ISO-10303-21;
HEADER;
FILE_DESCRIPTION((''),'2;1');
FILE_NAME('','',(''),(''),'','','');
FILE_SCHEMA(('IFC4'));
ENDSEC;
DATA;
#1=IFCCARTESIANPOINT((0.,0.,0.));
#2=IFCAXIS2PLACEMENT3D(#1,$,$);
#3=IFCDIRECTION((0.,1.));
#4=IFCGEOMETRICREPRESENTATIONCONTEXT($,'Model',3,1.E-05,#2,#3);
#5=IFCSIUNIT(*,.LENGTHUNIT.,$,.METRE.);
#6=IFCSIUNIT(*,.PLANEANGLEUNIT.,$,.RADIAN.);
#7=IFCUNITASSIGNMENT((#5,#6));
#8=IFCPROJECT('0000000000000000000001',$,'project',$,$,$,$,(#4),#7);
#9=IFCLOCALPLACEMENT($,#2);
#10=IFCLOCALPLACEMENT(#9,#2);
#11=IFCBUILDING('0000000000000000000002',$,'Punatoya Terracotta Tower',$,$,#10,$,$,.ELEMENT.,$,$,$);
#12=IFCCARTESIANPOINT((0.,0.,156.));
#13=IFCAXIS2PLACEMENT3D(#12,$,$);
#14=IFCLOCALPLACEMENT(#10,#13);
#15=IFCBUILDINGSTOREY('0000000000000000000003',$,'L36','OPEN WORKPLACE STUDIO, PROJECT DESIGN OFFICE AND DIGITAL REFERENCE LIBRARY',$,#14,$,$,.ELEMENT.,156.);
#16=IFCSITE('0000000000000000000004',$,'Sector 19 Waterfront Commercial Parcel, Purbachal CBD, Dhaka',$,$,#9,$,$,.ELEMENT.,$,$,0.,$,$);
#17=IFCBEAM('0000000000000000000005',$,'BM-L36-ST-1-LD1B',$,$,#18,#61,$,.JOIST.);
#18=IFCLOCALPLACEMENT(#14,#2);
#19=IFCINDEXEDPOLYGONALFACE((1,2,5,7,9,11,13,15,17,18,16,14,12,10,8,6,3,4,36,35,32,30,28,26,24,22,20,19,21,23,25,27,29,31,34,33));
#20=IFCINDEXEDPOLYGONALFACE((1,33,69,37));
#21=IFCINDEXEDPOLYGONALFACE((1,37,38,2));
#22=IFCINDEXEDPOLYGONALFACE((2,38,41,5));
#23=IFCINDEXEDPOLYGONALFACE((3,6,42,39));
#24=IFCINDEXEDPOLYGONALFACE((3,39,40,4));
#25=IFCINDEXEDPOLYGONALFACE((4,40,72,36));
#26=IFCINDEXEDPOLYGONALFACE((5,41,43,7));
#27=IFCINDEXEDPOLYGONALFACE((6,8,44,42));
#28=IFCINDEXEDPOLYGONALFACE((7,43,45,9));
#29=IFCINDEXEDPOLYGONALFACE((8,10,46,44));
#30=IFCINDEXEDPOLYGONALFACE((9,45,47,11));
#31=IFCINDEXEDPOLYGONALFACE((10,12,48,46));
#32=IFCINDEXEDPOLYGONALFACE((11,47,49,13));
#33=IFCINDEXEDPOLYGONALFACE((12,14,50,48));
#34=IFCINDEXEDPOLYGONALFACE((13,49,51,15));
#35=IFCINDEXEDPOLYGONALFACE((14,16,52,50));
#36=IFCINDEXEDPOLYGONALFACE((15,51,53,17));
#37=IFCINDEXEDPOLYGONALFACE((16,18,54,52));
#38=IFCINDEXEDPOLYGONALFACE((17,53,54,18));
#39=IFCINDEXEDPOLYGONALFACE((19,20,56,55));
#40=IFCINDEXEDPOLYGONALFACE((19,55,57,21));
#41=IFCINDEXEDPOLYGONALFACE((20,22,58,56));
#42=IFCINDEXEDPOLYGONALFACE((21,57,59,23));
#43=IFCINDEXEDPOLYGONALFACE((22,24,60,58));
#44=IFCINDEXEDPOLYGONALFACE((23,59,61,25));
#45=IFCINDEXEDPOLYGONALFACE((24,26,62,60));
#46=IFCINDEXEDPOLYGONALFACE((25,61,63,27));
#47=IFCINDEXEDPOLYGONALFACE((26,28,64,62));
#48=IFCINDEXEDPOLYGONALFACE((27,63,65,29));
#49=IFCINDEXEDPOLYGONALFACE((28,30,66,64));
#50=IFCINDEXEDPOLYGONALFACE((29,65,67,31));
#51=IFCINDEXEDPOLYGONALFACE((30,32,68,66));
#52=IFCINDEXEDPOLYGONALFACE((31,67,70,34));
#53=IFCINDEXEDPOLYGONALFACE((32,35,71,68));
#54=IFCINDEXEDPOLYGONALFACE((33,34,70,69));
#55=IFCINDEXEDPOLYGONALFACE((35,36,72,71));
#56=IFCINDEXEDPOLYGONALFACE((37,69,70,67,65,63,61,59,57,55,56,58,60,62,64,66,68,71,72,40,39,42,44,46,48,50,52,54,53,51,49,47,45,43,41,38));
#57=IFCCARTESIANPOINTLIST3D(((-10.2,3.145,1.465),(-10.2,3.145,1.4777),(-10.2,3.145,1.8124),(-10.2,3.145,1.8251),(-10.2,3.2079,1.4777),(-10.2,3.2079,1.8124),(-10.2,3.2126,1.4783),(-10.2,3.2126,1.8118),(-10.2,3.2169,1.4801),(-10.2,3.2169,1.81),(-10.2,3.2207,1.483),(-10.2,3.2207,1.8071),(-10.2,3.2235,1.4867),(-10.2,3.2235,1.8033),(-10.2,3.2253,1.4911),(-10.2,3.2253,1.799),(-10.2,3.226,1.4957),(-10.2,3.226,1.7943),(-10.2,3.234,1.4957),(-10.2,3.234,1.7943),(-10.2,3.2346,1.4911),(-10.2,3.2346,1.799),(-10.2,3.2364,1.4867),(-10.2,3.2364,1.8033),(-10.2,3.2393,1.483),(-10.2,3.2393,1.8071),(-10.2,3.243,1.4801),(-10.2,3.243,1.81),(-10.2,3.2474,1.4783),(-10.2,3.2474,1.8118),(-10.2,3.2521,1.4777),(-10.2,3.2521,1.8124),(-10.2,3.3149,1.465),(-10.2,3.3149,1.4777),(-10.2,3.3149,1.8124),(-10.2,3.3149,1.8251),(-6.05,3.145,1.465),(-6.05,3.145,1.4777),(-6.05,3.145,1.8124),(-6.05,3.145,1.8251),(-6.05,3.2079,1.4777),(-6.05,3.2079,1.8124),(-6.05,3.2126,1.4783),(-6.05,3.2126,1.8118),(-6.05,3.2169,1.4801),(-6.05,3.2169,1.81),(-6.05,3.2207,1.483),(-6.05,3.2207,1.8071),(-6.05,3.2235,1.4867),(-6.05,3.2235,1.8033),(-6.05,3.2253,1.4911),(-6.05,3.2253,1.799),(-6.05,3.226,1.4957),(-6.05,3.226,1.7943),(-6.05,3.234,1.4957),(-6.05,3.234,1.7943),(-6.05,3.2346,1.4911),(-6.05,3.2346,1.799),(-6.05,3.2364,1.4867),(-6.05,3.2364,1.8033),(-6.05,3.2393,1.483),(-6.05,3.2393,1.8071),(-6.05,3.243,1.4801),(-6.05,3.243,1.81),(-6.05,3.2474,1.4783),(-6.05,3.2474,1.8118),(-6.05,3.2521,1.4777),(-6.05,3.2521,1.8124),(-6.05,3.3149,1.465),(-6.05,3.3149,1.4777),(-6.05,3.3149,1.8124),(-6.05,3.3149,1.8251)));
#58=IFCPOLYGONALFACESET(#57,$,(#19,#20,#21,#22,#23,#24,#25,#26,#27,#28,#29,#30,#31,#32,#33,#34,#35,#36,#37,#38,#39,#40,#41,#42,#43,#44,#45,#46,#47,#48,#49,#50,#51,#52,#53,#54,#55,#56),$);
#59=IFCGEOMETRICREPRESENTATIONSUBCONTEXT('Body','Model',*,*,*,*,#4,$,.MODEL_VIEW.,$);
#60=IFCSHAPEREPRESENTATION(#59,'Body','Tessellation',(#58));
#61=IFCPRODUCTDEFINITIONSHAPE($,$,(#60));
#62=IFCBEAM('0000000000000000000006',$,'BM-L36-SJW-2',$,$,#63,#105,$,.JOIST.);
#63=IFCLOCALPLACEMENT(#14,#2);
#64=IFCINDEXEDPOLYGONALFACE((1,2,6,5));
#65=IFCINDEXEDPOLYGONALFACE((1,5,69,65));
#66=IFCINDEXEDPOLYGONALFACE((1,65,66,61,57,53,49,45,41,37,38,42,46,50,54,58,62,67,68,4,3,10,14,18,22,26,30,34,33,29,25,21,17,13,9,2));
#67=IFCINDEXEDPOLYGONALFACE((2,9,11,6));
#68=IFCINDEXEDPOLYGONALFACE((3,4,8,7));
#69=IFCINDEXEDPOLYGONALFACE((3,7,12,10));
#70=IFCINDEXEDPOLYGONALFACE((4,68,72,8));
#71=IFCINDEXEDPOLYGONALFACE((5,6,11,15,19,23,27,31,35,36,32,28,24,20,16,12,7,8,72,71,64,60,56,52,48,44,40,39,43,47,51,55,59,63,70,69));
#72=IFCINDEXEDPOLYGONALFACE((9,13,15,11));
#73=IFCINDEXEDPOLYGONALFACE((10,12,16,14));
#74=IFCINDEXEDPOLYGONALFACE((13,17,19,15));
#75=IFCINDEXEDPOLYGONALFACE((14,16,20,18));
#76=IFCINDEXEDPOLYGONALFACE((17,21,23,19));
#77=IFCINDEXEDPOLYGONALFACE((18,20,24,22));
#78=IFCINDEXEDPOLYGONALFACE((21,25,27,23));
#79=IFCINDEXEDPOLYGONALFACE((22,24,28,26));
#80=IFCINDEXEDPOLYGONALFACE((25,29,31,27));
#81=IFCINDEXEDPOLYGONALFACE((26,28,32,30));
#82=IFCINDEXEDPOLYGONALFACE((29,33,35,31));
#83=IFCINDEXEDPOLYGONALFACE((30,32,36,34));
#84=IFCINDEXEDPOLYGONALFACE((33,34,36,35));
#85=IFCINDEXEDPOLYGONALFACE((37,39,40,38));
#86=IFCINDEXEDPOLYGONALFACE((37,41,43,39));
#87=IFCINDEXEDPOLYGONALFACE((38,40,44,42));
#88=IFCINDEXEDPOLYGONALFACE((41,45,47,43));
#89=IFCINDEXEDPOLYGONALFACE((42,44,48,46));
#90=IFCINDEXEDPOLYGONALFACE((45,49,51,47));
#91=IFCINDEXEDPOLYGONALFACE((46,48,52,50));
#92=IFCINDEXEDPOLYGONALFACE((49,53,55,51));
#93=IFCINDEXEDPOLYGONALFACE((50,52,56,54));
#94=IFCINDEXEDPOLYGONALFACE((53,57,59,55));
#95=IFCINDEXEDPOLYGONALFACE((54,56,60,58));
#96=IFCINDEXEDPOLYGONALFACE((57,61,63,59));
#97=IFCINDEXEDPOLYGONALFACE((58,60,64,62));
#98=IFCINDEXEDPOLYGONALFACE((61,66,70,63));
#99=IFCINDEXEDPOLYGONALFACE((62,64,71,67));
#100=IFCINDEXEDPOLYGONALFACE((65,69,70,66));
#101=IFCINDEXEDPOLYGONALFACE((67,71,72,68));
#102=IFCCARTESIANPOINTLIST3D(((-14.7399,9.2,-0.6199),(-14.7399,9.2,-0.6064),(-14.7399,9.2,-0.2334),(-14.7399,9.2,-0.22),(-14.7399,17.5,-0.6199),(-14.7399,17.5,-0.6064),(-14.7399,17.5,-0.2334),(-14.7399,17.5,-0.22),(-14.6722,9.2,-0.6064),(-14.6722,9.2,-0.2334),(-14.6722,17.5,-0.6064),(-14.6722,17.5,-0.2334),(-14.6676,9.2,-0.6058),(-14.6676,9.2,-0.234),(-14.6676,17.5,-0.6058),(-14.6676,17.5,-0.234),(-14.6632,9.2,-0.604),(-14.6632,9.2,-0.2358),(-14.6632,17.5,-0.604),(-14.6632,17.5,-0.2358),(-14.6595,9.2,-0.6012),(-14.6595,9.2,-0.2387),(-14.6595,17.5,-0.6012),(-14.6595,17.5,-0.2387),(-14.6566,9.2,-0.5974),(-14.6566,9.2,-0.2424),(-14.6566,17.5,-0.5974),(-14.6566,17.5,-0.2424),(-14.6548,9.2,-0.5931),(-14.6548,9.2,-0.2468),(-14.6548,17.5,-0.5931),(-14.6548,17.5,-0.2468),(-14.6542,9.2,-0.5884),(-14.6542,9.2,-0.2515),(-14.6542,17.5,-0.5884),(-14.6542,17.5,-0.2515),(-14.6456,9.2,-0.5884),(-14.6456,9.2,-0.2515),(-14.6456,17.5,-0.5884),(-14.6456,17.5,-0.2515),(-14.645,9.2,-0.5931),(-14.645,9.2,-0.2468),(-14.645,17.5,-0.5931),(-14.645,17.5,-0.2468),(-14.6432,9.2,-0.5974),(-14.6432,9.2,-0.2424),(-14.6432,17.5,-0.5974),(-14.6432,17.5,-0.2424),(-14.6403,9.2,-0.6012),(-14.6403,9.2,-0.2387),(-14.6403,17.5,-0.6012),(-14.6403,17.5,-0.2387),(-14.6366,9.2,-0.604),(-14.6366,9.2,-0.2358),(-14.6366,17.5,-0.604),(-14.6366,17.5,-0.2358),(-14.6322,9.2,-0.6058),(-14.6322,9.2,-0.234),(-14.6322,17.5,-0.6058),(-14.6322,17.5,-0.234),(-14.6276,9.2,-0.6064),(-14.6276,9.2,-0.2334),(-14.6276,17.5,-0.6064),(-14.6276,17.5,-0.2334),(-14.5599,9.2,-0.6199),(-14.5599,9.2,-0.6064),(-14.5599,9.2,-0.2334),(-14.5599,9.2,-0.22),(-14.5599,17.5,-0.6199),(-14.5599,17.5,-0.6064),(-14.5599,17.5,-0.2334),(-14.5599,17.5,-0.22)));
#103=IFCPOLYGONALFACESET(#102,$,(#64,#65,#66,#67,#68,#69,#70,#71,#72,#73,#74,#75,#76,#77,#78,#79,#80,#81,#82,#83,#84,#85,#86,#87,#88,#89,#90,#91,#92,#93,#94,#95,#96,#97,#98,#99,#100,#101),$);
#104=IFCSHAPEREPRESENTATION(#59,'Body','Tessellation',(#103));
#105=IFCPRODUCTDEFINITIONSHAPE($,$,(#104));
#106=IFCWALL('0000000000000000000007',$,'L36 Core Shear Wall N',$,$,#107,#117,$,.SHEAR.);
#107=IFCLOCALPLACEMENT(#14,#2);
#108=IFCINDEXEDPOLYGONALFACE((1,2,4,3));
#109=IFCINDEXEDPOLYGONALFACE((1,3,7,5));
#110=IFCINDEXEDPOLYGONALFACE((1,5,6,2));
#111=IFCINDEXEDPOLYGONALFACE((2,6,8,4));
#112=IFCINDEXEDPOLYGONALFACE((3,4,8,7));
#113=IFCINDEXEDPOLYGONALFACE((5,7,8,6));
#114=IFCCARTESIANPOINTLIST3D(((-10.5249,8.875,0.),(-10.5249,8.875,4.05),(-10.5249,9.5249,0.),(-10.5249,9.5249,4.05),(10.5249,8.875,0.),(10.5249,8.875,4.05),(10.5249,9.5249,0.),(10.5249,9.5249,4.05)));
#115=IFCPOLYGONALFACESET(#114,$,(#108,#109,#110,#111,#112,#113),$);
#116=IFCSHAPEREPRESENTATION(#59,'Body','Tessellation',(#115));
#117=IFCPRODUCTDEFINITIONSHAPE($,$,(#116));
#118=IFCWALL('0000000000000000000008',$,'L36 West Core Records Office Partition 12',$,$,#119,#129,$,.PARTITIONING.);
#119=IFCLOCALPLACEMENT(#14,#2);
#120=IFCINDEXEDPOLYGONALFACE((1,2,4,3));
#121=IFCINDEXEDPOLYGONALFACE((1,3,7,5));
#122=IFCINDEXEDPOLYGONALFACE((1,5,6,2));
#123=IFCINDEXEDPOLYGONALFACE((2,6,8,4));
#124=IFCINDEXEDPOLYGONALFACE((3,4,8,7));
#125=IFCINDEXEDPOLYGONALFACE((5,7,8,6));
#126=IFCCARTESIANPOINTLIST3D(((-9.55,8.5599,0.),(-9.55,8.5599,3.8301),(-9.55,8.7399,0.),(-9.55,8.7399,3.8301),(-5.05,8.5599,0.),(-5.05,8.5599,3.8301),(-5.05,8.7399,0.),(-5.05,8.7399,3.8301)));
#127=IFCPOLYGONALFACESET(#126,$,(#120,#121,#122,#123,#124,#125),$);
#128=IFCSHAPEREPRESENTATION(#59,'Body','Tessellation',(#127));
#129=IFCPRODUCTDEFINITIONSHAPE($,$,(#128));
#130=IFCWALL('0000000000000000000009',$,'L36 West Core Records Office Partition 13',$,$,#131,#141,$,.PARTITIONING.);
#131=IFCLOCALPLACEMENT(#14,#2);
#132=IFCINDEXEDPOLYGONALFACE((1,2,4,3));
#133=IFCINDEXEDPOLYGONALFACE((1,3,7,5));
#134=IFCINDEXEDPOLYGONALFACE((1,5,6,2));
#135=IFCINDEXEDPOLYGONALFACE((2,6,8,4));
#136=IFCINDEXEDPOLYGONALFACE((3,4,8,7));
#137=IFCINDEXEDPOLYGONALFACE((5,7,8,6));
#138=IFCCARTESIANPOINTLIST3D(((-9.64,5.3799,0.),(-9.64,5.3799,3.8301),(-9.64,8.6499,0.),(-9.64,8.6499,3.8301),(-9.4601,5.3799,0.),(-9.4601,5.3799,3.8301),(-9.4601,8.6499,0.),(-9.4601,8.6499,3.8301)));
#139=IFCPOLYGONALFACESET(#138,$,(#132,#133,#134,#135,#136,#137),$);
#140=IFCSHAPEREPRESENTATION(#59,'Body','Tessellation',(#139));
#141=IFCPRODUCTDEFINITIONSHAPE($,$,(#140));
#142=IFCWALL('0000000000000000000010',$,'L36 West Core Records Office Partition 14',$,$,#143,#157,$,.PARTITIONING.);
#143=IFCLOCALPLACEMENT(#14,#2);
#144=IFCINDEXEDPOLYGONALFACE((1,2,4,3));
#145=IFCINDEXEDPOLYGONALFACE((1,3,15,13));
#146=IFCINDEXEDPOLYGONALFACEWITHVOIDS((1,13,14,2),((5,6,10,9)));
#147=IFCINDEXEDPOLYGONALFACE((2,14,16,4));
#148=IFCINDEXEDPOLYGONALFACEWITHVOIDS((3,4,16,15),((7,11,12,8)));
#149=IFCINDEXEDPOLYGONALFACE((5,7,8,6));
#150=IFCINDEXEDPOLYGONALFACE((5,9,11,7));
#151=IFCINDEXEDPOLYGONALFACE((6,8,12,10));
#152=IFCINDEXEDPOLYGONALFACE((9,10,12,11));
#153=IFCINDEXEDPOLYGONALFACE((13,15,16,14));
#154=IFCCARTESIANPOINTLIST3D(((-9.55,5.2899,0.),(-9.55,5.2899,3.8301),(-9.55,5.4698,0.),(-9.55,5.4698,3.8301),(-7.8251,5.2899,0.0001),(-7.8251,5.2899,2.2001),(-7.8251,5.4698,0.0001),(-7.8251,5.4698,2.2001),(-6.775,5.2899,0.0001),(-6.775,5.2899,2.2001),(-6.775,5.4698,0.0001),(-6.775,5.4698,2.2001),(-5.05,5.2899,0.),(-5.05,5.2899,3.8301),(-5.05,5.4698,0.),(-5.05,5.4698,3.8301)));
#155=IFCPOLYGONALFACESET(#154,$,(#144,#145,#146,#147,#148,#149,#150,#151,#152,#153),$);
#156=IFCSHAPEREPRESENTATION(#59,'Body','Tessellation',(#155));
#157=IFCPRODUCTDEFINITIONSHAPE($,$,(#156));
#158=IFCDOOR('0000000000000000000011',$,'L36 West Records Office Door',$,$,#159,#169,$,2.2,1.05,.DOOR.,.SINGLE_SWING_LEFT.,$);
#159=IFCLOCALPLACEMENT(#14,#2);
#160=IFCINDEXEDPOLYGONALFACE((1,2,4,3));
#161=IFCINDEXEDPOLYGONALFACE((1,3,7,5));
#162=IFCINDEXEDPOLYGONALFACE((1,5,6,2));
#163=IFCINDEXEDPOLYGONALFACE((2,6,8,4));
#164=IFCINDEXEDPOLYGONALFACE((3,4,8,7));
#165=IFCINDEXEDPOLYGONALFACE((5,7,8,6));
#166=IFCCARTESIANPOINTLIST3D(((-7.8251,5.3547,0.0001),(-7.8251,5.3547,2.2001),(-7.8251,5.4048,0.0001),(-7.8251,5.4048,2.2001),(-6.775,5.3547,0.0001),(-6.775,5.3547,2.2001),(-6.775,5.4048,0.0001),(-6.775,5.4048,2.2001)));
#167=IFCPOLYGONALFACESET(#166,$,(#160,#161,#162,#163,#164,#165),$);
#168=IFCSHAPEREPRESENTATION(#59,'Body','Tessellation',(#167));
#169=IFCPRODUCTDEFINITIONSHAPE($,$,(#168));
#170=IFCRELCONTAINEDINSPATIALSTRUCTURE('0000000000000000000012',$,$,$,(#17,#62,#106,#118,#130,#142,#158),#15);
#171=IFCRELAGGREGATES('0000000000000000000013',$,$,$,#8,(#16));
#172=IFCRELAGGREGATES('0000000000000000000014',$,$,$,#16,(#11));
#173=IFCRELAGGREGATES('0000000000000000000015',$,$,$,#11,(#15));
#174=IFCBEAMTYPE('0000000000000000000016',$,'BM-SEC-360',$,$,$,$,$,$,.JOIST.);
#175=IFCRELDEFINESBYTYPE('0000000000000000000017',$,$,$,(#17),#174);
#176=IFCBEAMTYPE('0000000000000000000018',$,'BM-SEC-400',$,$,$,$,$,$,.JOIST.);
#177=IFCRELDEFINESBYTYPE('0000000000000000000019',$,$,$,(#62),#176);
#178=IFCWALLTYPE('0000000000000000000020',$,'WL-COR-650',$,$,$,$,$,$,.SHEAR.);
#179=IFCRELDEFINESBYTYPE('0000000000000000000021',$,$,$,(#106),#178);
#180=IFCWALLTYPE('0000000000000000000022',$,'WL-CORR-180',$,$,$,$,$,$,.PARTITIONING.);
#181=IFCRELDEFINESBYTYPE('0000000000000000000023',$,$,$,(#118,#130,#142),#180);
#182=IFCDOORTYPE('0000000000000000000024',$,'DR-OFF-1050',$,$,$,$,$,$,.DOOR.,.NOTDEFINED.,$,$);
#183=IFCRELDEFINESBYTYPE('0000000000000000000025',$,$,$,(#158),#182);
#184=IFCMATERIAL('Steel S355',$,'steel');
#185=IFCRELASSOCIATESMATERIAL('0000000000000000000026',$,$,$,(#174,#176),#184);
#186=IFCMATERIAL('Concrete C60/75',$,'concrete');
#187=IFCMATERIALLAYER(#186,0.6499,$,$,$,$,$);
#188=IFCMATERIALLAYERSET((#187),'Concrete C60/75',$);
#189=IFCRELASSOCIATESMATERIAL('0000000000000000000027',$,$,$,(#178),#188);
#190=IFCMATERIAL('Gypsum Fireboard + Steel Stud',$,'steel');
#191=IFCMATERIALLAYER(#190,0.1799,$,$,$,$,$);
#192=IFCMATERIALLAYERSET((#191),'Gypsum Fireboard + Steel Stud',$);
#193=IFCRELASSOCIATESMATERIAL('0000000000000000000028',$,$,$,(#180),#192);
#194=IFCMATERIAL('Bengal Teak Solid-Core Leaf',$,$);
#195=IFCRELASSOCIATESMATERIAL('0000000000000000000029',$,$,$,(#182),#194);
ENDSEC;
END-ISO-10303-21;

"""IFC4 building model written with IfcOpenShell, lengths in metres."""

from ifc_helpers import new_model, si_unit, direction, frame, frame_2d, origin, origin_2d, place, context, subcontext, project, spatial, rectangle, i_section, extrude, material, layer, layer_set, material_profile, profile_set, type_object, element, fill, save


model = new_model("IFC4")

# Units and contexts
model_context = context("Model", 3, precision=1e-05, world=origin(), true_north=direction((0.0, 1.0)))
body_context = subcontext(model_context, "Body", "Model", "MODEL_VIEW")
ifc_project = project(units=[si_unit("LENGTHUNIT", "METRE"), si_unit("PLANEANGLEUNIT", "RADIAN")], contexts=[model_context])

# Site, building, storey
site_placement = place(None, origin())
site = spatial("IfcSite", under=ifc_project, at=site_placement, Name="Sector 19 Waterfront Commercial Parcel, Purbachal CBD, Dhaka", CompositionType="ELEMENT", RefElevation=0.0)
building_placement = place(site_placement, origin())
building = spatial("IfcBuilding", under=site, at=building_placement, Name="Punatoya Terracotta Tower", CompositionType="ELEMENT")
storey_placement = place(building_placement, frame((0.0, 0.0, 156.0)))
storey = spatial("IfcBuildingStorey", under=building, at=storey_placement, Name="L36", Description="OPEN WORKPLACE STUDIO, PROJECT DESIGN OFFICE AND DIGITAL REFERENCE LIBRARY", CompositionType="ELEMENT", Elevation=156.0)

# Beams
ifc_material_1 = material(Name="Steel S355", Category="steel")
ifc_material_2 = material(Name="Concrete C60/75", Category="concrete")
ifc_material_profile_1 = material_profile(ifc_material_1, i_section(OverallWidth=0.1699, OverallDepth=0.3601, WebThickness=0.0081, FlangeThickness=0.0127, FilletRadius=0.0181, at=origin_2d()))
ifc_profile_set_1 = profile_set([ifc_material_profile_1], Name="Steel S355")
beam_type_1 = type_object("IfcBeamType", Name="BM-SEC-360", PredefinedType="JOIST", material=ifc_profile_set_1)
beam_1_placement = place(storey_placement, frame((-10.2, 3.23, 1.645), z_axis=(1.0, 0.0, 0.0), x_axis=(0.0, 1.0, 0.0)))
element("IfcBeam", 1, at=beam_1_placement, inside=storey, type_object=beam_type_1, Name="BM-L36-ST-1-LD1B", PredefinedType="JOIST", context=body_context, shape_type="SweptSolid", body=[
    extrude(i_section(OverallWidth=0.1699, OverallDepth=0.3601, WebThickness=0.0081, FlangeThickness=0.0127, FilletRadius=0.0181, at=origin_2d()), origin(), (0.0, 0.0, 1.0), 4.1499),
])
ifc_material_profile_2 = material_profile(ifc_material_1, i_section(OverallWidth=0.1799, OverallDepth=0.3999, WebThickness=0.0085, FlangeThickness=0.0134, FilletRadius=0.0181, at=origin_2d()))
ifc_profile_set_2 = profile_set([ifc_material_profile_2], Name="Steel S355")
beam_type_2 = type_object("IfcBeamType", Name="BM-SEC-400", PredefinedType="JOIST", material=ifc_profile_set_2)
beam_2_placement = place(storey_placement, frame((-14.6499, 9.2, -0.4199), z_axis=(0.0, 1.0, 0.0), x_axis=(-1.0, 0.0, 0.0)))
element("IfcBeam", 2, at=beam_2_placement, inside=storey, type_object=beam_type_2, Name="BM-L36-SJW-2", PredefinedType="JOIST", context=body_context, shape_type="SweptSolid", body=[
    extrude(i_section(OverallWidth=0.1799, OverallDepth=0.3999, WebThickness=0.0085, FlangeThickness=0.0134, FilletRadius=0.0181, at=origin_2d()), origin(), (0.0, 0.0, 1.0), 8.3),
])

# Walls
ifc_layer_1 = layer(ifc_material_2, 0.6499)
ifc_layer_set_1 = layer_set([ifc_layer_1], Name="Concrete C60/75")
wall_type_1 = type_object("IfcWallType", Name="WL-COR-650", PredefinedType="SHEAR", material=ifc_layer_set_1)
wall_1_placement = place(storey_placement, frame((-10.5249, 9.2, 0.0), z_axis=(0.0, 0.0, 1.0), x_axis=(1.0, 0.0, 0.0)))
element("IfcWall", 3, at=wall_1_placement, inside=storey, type_object=wall_type_1, Name="L36 Core Shear Wall N", PredefinedType="SHEAR", context=body_context, shape_type="SweptSolid", body=[
    extrude(rectangle(XDim=21.0498, YDim=0.6499, at=frame_2d((10.5249, 0.0))), origin(), (0.0, 0.0, 1.0), 4.05),
])
ifc_material_3 = material(Name="Gypsum Fireboard + Steel Stud", Category="steel")
ifc_layer_2 = layer(ifc_material_3, 0.1799)
ifc_layer_set_2 = layer_set([ifc_layer_2], Name="Gypsum Fireboard + Steel Stud")
wall_type_2 = type_object("IfcWallType", Name="WL-CORR-180", PredefinedType="PARTITIONING", material=ifc_layer_set_2)
wall_2_placement = place(storey_placement, frame((-5.05, 8.6499, 0.0), z_axis=(0.0, 0.0, 1.0), x_axis=(-1.0, 0.0, 0.0)))
element("IfcWall", 4, at=wall_2_placement, inside=storey, type_object=wall_type_2, Name="L36 West Core Records Office Partition 12", PredefinedType="PARTITIONING", context=body_context, shape_type="SweptSolid", body=[
    extrude(rectangle(XDim=4.5, YDim=0.1799, at=frame_2d((2.25, 0.0))), origin(), (0.0, 0.0, 1.0), 3.8301),
])
wall_3_placement = place(storey_placement, frame((-9.55, 8.6499, 0.0), z_axis=(0.0, 0.0, 1.0), x_axis=(0.0, -1.0, 0.0)))
element("IfcWall", 5, at=wall_3_placement, inside=storey, type_object=wall_type_2, Name="L36 West Core Records Office Partition 13", PredefinedType="PARTITIONING", context=body_context, shape_type="SweptSolid", body=[
    extrude(rectangle(XDim=3.27, YDim=0.1799, at=frame_2d((1.635, 0.0))), origin(), (0.0, 0.0, 1.0), 3.8301),
])

# Wall, opening, door
wall_4_placement = place(storey_placement, frame((-9.55, 5.3799, 0.0), z_axis=(0.0, 0.0, 1.0), x_axis=(1.0, 0.0, 0.0)))
wall_4 = element("IfcWall", 6, at=wall_4_placement, inside=storey, type_object=wall_type_2, Name="L36 West Core Records Office Partition 14", PredefinedType="PARTITIONING", context=body_context, shape_type="SweptSolid", body=[
    extrude(rectangle(XDim=4.5, YDim=0.1799, at=frame_2d((2.25, 0.0))), origin(), (0.0, 0.0, 1.0), 3.8301),
])
opening_1_placement = place(wall_4_placement, frame((1.7251, 0.0, 0.0)))
opening_1 = element("IfcOpeningElement", 7, at=opening_1_placement, cuts=wall_4, PredefinedType="OPENING", context=body_context, shape_type="SweptSolid", body=[
    extrude(rectangle(XDim=1.05, YDim=2.2, at=frame_2d((0.5249, 1.1001))), frame((0.0, 0.0999, 0.0), z_axis=(0.0, -1.0, 0.0), x_axis=(1.0, 0.0, 0.0)), (0.0, 0.0, 1.0), 0.2),
])
ifc_material_4 = material(Name="Bengal Teak Solid-Core Leaf")
door_type_1 = type_object("IfcDoorType", Name="DR-OFF-1050", OperationType="NOTDEFINED", PredefinedType="DOOR", material=ifc_material_4)
door_1_placement = place(opening_1_placement, origin())
door_1 = element("IfcDoor", 8, at=door_1_placement, inside=storey, type_object=door_type_1, Name="L36 West Records Office Door", OperationType="SINGLE_SWING_LEFT", OverallHeight=2.2, OverallWidth=1.05, PredefinedType="DOOR", context=body_context, shape_type="SweptSolid", body=[
    extrude(rectangle(XDim=1.05, YDim=2.2, at=frame_2d((0.5249, 1.1001))), frame((0.0, 0.0249, 0.0), z_axis=(0.0, -1.0, 0.0), x_axis=(1.0, 0.0, 0.0)), (0.0, 0.0, 1.0), 0.05),
])
fill(opening_1, door_1)

save(model, "model.ifc")
